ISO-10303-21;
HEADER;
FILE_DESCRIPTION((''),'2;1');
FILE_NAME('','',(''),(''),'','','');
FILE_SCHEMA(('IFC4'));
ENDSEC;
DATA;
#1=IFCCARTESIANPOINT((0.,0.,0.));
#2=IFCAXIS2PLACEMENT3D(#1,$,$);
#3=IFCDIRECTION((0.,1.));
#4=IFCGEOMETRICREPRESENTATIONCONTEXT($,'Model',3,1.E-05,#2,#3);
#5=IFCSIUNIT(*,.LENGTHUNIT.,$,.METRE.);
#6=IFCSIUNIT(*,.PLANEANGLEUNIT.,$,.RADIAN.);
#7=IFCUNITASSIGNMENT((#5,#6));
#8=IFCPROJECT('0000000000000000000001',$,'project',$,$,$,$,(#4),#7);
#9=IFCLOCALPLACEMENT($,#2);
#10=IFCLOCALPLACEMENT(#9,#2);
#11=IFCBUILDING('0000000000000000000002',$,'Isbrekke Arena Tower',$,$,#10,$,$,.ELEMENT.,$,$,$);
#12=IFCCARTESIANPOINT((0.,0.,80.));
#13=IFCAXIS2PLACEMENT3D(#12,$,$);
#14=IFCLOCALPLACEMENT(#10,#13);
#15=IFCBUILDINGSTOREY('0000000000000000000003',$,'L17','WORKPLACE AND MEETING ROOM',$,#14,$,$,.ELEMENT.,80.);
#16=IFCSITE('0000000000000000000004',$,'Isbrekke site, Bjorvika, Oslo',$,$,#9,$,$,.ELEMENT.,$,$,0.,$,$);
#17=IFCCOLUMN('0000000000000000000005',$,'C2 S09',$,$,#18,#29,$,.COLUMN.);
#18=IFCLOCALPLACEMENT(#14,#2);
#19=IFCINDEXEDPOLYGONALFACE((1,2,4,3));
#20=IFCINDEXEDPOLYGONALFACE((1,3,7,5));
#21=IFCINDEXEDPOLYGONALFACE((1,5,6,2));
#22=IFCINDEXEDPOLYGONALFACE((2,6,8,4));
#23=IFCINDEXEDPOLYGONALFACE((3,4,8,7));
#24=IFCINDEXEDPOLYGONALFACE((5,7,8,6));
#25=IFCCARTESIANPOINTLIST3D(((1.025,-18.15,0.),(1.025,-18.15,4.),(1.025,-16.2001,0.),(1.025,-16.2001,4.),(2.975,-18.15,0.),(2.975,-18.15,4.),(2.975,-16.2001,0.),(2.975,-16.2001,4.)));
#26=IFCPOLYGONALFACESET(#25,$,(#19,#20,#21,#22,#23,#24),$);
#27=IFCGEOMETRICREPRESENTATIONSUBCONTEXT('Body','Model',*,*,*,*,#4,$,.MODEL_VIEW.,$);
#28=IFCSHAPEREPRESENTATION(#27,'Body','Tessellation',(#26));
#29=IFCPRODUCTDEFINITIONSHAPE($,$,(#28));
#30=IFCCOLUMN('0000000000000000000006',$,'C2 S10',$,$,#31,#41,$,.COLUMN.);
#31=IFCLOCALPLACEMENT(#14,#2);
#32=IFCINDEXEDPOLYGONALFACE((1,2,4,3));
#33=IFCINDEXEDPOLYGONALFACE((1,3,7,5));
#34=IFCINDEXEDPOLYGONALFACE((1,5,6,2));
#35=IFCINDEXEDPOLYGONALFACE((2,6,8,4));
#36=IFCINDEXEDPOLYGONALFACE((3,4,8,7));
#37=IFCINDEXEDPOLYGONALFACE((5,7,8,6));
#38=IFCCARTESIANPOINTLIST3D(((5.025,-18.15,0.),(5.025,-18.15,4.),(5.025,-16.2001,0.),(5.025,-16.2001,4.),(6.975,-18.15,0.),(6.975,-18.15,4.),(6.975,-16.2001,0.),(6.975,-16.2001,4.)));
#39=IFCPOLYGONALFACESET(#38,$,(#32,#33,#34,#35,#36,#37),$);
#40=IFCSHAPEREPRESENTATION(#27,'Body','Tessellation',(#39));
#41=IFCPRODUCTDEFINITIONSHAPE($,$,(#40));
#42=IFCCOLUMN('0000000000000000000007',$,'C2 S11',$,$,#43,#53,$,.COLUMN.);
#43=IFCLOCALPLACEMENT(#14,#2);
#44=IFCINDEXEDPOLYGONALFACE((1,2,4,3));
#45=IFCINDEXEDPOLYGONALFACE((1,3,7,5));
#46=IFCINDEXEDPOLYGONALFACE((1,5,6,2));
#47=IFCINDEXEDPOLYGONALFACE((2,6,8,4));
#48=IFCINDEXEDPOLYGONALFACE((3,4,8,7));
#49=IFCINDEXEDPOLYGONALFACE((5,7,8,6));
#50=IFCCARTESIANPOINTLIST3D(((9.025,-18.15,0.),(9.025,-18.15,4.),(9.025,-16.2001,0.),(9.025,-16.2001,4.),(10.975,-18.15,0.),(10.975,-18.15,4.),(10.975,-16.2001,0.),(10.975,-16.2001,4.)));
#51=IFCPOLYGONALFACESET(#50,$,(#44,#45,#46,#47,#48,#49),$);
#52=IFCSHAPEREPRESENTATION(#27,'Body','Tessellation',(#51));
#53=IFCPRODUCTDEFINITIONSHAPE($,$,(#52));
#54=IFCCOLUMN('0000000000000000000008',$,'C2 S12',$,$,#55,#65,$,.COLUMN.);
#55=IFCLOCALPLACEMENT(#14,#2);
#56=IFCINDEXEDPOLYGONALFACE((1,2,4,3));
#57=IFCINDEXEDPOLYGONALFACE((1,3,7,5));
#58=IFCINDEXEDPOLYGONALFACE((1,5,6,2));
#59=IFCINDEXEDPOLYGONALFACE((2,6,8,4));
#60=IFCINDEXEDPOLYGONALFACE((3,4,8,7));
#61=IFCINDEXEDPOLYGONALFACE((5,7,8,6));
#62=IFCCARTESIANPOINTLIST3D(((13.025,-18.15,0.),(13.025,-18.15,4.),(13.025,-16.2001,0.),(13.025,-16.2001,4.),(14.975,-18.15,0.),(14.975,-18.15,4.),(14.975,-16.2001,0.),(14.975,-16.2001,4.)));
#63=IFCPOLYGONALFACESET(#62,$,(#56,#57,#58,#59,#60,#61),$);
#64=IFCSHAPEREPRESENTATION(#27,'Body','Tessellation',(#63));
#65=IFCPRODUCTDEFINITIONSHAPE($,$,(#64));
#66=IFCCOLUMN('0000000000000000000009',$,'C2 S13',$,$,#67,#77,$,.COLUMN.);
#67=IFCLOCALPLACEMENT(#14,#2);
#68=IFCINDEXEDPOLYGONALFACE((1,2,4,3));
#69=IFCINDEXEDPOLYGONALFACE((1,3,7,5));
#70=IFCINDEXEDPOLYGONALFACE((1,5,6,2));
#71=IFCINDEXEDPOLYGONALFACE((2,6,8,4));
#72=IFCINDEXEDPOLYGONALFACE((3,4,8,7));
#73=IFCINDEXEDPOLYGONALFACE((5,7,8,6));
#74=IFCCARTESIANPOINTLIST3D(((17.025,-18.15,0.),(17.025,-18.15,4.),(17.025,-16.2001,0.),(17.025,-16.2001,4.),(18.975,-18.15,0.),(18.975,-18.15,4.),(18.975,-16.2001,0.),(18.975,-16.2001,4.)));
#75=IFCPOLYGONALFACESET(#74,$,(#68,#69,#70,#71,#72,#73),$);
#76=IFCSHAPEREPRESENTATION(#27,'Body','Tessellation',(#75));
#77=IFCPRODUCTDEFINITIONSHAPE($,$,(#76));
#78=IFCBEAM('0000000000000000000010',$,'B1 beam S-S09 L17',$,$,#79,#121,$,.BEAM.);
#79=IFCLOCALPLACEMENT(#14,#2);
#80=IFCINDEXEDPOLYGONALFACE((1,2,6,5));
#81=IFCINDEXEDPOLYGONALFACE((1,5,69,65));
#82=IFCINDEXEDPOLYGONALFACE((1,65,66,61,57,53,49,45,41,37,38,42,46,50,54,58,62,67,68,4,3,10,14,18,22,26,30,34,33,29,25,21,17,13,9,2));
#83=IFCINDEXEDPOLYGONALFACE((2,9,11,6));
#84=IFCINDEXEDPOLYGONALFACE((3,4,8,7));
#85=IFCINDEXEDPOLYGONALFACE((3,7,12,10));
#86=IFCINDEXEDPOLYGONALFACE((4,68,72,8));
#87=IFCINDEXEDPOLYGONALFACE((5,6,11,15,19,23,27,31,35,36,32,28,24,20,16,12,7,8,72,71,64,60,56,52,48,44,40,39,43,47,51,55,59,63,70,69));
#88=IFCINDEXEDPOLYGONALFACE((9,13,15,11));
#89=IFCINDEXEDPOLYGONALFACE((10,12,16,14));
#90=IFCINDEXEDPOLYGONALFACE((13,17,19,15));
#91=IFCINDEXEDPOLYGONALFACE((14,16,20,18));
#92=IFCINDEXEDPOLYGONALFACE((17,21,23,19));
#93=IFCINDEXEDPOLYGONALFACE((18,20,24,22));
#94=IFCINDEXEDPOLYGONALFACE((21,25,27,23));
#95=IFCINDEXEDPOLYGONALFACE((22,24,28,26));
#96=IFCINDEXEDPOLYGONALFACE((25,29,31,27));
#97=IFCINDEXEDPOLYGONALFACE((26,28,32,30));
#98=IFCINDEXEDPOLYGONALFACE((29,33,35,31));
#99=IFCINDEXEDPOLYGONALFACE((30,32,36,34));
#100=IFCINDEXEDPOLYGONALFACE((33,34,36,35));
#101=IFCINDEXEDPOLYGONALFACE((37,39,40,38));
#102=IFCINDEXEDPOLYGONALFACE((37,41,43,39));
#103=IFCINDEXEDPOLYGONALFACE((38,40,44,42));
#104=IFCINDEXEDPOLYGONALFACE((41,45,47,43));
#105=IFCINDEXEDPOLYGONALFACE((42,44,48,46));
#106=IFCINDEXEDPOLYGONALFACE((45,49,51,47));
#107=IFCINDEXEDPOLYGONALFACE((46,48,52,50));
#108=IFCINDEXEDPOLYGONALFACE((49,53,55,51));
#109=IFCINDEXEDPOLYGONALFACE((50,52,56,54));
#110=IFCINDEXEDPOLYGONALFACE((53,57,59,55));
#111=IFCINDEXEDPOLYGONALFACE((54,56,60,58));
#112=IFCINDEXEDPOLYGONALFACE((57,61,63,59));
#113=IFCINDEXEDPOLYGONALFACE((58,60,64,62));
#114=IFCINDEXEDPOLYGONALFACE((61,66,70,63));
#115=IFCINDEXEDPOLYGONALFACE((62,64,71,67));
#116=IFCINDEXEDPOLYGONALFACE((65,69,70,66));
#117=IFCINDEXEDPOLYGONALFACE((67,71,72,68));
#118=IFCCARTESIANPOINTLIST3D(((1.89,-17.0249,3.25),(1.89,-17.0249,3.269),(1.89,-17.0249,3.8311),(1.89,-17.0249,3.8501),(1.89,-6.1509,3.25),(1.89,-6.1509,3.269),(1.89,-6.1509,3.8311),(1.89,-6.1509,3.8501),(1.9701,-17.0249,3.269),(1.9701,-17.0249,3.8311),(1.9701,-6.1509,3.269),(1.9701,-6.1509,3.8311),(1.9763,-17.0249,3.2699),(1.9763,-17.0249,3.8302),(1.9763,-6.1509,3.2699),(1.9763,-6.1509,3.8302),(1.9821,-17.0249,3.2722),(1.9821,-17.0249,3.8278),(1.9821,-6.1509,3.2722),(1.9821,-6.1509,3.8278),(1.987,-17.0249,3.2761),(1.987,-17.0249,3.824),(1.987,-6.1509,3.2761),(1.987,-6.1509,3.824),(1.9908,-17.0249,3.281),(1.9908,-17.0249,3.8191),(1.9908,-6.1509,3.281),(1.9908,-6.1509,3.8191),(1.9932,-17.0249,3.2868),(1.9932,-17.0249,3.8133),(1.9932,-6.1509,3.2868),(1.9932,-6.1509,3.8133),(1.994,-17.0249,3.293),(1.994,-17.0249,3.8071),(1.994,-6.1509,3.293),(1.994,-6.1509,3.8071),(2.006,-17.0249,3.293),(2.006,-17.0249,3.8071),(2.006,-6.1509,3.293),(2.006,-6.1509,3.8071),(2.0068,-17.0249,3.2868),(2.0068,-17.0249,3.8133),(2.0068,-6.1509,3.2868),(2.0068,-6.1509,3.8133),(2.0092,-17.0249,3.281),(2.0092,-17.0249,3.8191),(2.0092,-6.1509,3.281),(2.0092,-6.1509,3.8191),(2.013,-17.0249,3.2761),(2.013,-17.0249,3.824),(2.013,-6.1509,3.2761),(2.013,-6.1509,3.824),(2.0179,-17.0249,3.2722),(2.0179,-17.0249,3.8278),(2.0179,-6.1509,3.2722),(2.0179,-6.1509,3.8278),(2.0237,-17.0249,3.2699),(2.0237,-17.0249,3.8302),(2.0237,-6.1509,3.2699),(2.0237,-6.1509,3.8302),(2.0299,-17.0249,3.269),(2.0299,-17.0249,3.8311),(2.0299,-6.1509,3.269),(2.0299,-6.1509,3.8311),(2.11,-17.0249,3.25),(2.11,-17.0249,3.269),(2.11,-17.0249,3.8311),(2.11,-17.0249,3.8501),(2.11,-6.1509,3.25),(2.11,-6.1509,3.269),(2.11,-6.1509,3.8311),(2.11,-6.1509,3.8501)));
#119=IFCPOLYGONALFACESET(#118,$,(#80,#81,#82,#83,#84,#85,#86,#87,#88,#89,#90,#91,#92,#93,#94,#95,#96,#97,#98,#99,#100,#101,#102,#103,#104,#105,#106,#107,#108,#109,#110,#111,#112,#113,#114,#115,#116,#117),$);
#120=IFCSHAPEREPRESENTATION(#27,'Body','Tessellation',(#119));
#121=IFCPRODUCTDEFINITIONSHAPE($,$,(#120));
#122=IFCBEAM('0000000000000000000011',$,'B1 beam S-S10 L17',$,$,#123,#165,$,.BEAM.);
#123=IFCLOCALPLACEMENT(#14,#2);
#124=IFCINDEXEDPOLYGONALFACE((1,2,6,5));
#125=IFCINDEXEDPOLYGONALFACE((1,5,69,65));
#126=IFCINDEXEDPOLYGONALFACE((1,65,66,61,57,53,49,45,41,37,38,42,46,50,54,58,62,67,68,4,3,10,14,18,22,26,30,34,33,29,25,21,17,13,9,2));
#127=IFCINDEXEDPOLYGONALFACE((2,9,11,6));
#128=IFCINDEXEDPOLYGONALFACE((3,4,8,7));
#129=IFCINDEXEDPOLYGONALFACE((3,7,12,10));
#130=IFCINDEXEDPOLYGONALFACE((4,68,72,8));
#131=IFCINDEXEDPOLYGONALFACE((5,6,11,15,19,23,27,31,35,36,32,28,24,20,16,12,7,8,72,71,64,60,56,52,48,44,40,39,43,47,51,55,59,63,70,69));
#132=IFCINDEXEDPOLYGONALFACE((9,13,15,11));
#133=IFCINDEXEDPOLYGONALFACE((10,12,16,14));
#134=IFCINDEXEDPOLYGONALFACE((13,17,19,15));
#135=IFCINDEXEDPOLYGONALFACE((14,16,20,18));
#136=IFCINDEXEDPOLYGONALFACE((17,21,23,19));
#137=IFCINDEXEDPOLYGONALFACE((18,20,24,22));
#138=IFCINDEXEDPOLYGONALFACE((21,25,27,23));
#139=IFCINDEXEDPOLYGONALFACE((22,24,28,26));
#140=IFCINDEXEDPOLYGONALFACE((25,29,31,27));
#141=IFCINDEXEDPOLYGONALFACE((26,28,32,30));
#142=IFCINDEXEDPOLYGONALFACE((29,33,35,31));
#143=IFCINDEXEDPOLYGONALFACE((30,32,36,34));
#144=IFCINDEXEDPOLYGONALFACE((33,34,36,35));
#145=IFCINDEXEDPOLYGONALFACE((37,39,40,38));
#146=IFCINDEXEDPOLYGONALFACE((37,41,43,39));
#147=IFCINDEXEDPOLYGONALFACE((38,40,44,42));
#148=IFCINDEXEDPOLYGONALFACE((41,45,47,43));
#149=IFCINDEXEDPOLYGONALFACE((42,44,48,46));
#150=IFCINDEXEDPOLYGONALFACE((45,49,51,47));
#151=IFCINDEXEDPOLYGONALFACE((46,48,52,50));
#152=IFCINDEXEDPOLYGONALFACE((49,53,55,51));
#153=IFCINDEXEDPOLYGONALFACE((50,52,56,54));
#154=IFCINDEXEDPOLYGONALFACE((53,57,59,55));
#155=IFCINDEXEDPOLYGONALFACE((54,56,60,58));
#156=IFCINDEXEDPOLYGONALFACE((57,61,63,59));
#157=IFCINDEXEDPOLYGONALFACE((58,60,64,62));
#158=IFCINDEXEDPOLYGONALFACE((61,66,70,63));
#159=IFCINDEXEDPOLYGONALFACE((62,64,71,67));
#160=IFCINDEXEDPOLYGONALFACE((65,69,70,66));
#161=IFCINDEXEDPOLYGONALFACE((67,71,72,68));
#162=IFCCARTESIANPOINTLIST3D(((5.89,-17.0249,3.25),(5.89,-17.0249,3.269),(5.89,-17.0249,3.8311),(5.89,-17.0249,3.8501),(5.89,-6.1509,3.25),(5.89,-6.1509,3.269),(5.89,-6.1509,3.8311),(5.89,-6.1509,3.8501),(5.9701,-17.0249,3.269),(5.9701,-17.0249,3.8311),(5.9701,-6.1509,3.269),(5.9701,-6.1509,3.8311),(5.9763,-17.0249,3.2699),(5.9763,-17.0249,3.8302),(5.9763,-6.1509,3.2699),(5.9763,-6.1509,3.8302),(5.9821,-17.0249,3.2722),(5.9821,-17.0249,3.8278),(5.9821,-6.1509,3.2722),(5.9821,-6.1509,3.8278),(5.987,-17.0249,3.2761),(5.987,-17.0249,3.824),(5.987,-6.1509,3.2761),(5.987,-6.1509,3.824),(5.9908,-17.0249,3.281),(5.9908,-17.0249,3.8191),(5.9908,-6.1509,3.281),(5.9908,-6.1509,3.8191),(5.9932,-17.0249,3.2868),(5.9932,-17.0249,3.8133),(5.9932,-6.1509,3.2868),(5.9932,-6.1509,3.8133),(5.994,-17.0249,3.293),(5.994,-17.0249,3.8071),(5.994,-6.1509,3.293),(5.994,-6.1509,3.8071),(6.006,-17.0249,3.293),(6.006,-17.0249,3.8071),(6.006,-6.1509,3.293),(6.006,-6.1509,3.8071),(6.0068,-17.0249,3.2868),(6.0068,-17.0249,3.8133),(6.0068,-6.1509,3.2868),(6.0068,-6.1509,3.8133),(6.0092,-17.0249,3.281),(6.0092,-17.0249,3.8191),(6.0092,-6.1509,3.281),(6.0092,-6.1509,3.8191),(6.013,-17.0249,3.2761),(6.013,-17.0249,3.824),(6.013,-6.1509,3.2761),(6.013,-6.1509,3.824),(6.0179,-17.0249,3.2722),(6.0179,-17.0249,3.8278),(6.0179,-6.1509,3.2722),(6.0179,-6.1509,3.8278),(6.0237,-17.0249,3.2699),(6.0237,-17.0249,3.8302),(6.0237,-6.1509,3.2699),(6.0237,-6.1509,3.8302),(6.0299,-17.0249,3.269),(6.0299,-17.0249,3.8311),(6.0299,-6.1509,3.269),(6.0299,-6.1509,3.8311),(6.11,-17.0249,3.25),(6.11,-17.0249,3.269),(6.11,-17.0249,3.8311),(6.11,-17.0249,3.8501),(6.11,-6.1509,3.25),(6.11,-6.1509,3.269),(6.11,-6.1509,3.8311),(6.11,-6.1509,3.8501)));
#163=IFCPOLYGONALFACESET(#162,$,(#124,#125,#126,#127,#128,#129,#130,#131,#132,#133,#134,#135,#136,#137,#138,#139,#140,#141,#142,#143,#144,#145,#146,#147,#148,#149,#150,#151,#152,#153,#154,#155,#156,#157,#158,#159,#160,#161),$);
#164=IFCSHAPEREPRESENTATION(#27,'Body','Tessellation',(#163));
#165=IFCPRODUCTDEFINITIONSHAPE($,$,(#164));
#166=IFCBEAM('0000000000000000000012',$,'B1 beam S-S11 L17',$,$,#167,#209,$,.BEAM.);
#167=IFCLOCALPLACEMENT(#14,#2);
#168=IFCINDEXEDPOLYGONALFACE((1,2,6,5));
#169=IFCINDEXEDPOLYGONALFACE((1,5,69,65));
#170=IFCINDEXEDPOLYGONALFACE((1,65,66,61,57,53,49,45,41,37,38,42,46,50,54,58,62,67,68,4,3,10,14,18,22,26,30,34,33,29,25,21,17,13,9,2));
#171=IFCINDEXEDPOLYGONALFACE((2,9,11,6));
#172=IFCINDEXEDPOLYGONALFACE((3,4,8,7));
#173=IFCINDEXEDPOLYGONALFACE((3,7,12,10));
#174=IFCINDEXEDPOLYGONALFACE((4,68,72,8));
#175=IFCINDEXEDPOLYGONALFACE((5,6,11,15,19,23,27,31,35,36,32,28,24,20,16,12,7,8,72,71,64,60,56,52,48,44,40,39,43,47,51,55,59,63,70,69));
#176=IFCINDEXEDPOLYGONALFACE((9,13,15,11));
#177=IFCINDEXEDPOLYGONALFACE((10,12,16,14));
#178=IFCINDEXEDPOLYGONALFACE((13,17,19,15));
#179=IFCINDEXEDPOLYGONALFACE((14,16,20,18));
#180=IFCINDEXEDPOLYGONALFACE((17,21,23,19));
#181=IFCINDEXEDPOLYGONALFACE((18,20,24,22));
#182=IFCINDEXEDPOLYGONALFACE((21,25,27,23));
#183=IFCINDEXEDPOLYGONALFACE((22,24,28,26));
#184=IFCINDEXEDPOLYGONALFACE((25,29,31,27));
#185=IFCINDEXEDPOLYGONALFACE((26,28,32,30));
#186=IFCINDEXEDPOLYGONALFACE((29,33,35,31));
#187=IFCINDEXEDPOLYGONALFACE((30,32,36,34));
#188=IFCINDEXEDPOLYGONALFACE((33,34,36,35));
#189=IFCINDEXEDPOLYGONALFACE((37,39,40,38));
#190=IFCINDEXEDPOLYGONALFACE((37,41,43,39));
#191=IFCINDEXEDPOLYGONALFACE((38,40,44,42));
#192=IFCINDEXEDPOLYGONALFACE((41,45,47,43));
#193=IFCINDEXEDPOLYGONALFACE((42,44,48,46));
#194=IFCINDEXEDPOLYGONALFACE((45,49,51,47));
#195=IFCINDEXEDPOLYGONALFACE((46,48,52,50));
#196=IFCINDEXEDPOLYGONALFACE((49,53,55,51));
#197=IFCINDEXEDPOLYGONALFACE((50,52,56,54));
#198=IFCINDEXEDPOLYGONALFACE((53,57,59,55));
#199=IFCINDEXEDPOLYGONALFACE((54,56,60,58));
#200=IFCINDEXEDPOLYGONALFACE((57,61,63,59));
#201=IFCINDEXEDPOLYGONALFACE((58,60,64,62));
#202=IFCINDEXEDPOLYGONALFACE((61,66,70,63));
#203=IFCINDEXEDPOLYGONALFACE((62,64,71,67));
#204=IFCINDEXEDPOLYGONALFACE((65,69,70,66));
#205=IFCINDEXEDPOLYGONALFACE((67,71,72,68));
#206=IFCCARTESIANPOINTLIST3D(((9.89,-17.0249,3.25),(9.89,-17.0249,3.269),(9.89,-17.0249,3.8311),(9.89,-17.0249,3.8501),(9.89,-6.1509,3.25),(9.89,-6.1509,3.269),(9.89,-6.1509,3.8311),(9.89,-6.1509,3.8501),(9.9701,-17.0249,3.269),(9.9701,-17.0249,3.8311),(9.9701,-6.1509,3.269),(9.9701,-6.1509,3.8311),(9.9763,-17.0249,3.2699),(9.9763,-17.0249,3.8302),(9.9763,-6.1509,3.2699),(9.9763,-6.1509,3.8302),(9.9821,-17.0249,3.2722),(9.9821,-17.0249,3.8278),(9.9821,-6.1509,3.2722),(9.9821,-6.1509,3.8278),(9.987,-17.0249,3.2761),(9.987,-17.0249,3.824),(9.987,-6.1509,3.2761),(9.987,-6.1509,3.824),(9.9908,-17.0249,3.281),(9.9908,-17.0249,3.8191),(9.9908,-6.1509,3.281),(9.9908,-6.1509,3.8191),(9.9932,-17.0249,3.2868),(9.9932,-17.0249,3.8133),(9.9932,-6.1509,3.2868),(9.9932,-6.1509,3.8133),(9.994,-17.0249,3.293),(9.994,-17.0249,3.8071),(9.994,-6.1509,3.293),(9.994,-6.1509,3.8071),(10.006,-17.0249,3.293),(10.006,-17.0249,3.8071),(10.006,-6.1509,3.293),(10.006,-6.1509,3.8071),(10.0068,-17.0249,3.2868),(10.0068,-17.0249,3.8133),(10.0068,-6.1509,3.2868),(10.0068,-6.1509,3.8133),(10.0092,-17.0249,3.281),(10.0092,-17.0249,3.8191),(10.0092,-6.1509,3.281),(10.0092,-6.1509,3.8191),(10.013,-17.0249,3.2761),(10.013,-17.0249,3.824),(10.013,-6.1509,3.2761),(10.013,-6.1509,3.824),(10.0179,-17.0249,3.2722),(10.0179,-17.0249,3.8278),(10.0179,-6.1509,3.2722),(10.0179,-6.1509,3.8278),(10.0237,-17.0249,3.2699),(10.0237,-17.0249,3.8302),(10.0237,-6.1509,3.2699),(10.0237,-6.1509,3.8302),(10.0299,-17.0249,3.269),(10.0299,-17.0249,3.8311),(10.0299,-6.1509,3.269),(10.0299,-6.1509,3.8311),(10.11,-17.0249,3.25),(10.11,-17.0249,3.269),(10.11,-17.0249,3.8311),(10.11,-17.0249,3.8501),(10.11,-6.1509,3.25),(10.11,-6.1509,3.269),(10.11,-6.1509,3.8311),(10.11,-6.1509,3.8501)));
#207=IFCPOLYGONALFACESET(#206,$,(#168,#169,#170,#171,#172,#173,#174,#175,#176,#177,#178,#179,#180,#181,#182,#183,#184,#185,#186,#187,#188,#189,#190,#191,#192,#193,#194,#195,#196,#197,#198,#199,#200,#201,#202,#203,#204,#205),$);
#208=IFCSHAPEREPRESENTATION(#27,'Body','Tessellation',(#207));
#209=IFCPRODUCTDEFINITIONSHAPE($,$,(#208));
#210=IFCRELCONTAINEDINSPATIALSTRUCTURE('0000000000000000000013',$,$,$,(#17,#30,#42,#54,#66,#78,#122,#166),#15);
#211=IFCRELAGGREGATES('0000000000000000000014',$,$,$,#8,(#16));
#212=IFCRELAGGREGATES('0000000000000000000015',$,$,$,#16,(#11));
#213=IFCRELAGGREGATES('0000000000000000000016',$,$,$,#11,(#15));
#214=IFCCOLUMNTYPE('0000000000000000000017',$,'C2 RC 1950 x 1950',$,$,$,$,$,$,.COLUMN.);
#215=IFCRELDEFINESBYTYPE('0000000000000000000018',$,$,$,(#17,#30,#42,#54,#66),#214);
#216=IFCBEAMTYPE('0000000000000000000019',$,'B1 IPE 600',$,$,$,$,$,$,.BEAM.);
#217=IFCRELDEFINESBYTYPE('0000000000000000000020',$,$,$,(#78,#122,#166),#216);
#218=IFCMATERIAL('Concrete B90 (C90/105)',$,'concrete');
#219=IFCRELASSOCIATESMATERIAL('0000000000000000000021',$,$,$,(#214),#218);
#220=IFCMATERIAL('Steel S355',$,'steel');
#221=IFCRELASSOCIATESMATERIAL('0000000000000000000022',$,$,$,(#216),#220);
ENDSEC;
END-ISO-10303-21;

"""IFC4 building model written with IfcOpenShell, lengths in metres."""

from ifc_helpers import new_model, si_unit, direction, frame, origin, origin_2d, place, context, subcontext, project, spatial, rectangle, i_section, extrude, material, material_profile, profile_set, type_object, element, save


model = new_model("IFC4")

# Units and contexts
model_context = context("Model", 3, precision=1e-05, world=origin(), true_north=direction((0.0, 1.0)))
body_context = subcontext(model_context, "Body", "Model", "MODEL_VIEW")
ifc_project = project(units=[si_unit("LENGTHUNIT", "METRE"), si_unit("PLANEANGLEUNIT", "RADIAN")], contexts=[model_context])

# Site, building, storey
site_placement = place(None, origin())
site = spatial("IfcSite", under=ifc_project, at=site_placement, Name="Isbrekke site, Bjorvika, Oslo", CompositionType="ELEMENT", RefElevation=0.0)
building_placement = place(site_placement, origin())
building = spatial("IfcBuilding", under=site, at=building_placement, Name="Isbrekke Arena Tower", CompositionType="ELEMENT")
storey_placement = place(building_placement, frame((0.0, 0.0, 80.0)))
storey = spatial("IfcBuildingStorey", under=building, at=storey_placement, Name="L17", Description="WORKPLACE AND MEETING ROOM", CompositionType="ELEMENT", Elevation=80.0)

# Columns
ifc_material_1 = material(Name="Concrete B90 (C90/105)", Category="concrete")
ifc_material_profile_1 = material_profile(ifc_material_1, rectangle(XDim=1.95, YDim=1.95, at=origin_2d()), Name="RC 1950x1950")
ifc_profile_set_1 = profile_set([ifc_material_profile_1], Name="Concrete B90 (C90/105)")
column_type = type_object("IfcColumnType", Name="C2 RC 1950 x 1950", PredefinedType="COLUMN", material=ifc_profile_set_1)
for number, where, z_axis, x_axis, name in (
    (1, (2.0, -17.175, 0.0), (0.0, 0.0, 1.0), (1.0, 0.0, 0.0), "C2 S09"),
    (2, (6.0, -17.175, 0.0), (0.0, 0.0, 1.0), (1.0, 0.0, 0.0), "C2 S10"),
    (3, (10.0, -17.175, 0.0), (0.0, 0.0, 1.0), (1.0, 0.0, 0.0), "C2 S11"),
    (4, (14.0, -17.175, 0.0), (0.0, 0.0, 1.0), (1.0, 0.0, 0.0), "C2 S12"),
    (5, (18.0, -17.175, 0.0), (0.0, 0.0, 1.0), (1.0, 0.0, 0.0), "C2 S13"),
):
    element("IfcColumn", number, at=place(storey_placement, frame(where, z_axis=z_axis, x_axis=x_axis)), inside=storey, type_object=column_type, Name=name, PredefinedType="COLUMN", context=body_context, shape_type="SweptSolid", body=[
        extrude(rectangle(XDim=1.95, YDim=1.95, at=origin_2d()), origin(), (0.0, 0.0, 1.0), 4.0),
    ])

# Beams
ifc_material_2 = material(Name="Steel S355", Category="steel")
ifc_material_profile_2 = material_profile(ifc_material_2, i_section(OverallWidth=0.22, OverallDepth=0.6001, WebThickness=0.012, FlangeThickness=0.019, FilletRadius=0.0239, at=origin_2d()), Name="IPE 600")
ifc_profile_set_2 = profile_set([ifc_material_profile_2], Name="Steel S355")
beam_type_1 = type_object("IfcBeamType", Name="B1 IPE 600", PredefinedType="BEAM", material=ifc_profile_set_2)
for number, where, z_axis, x_axis, name in (
    (6, (2.0, -17.0249, 3.55), (0.0, 1.0, 0.0), (-1.0, 0.0, 0.0), "B1 beam S-S09 L17"),
    (7, (6.0, -17.0249, 3.55), (0.0, 1.0, 0.0), (-1.0, 0.0, 0.0), "B1 beam S-S10 L17"),
    (8, (10.0, -17.0249, 3.55), (0.0, 1.0, 0.0), (-1.0, 0.0, 0.0), "B1 beam S-S11 L17"),
):
    element("IfcBeam", number, at=place(storey_placement, frame(where, z_axis=z_axis, x_axis=x_axis)), inside=storey, type_object=beam_type_1, Name=name, PredefinedType="BEAM", context=body_context, shape_type="SweptSolid", body=[
        extrude(i_section(OverallWidth=0.22, OverallDepth=0.6001, WebThickness=0.012, FlangeThickness=0.019, FilletRadius=0.0239, at=origin_2d()), origin(), (0.0, 0.0, 1.0), 10.874),
    ])

save(model, "model.ifc")
